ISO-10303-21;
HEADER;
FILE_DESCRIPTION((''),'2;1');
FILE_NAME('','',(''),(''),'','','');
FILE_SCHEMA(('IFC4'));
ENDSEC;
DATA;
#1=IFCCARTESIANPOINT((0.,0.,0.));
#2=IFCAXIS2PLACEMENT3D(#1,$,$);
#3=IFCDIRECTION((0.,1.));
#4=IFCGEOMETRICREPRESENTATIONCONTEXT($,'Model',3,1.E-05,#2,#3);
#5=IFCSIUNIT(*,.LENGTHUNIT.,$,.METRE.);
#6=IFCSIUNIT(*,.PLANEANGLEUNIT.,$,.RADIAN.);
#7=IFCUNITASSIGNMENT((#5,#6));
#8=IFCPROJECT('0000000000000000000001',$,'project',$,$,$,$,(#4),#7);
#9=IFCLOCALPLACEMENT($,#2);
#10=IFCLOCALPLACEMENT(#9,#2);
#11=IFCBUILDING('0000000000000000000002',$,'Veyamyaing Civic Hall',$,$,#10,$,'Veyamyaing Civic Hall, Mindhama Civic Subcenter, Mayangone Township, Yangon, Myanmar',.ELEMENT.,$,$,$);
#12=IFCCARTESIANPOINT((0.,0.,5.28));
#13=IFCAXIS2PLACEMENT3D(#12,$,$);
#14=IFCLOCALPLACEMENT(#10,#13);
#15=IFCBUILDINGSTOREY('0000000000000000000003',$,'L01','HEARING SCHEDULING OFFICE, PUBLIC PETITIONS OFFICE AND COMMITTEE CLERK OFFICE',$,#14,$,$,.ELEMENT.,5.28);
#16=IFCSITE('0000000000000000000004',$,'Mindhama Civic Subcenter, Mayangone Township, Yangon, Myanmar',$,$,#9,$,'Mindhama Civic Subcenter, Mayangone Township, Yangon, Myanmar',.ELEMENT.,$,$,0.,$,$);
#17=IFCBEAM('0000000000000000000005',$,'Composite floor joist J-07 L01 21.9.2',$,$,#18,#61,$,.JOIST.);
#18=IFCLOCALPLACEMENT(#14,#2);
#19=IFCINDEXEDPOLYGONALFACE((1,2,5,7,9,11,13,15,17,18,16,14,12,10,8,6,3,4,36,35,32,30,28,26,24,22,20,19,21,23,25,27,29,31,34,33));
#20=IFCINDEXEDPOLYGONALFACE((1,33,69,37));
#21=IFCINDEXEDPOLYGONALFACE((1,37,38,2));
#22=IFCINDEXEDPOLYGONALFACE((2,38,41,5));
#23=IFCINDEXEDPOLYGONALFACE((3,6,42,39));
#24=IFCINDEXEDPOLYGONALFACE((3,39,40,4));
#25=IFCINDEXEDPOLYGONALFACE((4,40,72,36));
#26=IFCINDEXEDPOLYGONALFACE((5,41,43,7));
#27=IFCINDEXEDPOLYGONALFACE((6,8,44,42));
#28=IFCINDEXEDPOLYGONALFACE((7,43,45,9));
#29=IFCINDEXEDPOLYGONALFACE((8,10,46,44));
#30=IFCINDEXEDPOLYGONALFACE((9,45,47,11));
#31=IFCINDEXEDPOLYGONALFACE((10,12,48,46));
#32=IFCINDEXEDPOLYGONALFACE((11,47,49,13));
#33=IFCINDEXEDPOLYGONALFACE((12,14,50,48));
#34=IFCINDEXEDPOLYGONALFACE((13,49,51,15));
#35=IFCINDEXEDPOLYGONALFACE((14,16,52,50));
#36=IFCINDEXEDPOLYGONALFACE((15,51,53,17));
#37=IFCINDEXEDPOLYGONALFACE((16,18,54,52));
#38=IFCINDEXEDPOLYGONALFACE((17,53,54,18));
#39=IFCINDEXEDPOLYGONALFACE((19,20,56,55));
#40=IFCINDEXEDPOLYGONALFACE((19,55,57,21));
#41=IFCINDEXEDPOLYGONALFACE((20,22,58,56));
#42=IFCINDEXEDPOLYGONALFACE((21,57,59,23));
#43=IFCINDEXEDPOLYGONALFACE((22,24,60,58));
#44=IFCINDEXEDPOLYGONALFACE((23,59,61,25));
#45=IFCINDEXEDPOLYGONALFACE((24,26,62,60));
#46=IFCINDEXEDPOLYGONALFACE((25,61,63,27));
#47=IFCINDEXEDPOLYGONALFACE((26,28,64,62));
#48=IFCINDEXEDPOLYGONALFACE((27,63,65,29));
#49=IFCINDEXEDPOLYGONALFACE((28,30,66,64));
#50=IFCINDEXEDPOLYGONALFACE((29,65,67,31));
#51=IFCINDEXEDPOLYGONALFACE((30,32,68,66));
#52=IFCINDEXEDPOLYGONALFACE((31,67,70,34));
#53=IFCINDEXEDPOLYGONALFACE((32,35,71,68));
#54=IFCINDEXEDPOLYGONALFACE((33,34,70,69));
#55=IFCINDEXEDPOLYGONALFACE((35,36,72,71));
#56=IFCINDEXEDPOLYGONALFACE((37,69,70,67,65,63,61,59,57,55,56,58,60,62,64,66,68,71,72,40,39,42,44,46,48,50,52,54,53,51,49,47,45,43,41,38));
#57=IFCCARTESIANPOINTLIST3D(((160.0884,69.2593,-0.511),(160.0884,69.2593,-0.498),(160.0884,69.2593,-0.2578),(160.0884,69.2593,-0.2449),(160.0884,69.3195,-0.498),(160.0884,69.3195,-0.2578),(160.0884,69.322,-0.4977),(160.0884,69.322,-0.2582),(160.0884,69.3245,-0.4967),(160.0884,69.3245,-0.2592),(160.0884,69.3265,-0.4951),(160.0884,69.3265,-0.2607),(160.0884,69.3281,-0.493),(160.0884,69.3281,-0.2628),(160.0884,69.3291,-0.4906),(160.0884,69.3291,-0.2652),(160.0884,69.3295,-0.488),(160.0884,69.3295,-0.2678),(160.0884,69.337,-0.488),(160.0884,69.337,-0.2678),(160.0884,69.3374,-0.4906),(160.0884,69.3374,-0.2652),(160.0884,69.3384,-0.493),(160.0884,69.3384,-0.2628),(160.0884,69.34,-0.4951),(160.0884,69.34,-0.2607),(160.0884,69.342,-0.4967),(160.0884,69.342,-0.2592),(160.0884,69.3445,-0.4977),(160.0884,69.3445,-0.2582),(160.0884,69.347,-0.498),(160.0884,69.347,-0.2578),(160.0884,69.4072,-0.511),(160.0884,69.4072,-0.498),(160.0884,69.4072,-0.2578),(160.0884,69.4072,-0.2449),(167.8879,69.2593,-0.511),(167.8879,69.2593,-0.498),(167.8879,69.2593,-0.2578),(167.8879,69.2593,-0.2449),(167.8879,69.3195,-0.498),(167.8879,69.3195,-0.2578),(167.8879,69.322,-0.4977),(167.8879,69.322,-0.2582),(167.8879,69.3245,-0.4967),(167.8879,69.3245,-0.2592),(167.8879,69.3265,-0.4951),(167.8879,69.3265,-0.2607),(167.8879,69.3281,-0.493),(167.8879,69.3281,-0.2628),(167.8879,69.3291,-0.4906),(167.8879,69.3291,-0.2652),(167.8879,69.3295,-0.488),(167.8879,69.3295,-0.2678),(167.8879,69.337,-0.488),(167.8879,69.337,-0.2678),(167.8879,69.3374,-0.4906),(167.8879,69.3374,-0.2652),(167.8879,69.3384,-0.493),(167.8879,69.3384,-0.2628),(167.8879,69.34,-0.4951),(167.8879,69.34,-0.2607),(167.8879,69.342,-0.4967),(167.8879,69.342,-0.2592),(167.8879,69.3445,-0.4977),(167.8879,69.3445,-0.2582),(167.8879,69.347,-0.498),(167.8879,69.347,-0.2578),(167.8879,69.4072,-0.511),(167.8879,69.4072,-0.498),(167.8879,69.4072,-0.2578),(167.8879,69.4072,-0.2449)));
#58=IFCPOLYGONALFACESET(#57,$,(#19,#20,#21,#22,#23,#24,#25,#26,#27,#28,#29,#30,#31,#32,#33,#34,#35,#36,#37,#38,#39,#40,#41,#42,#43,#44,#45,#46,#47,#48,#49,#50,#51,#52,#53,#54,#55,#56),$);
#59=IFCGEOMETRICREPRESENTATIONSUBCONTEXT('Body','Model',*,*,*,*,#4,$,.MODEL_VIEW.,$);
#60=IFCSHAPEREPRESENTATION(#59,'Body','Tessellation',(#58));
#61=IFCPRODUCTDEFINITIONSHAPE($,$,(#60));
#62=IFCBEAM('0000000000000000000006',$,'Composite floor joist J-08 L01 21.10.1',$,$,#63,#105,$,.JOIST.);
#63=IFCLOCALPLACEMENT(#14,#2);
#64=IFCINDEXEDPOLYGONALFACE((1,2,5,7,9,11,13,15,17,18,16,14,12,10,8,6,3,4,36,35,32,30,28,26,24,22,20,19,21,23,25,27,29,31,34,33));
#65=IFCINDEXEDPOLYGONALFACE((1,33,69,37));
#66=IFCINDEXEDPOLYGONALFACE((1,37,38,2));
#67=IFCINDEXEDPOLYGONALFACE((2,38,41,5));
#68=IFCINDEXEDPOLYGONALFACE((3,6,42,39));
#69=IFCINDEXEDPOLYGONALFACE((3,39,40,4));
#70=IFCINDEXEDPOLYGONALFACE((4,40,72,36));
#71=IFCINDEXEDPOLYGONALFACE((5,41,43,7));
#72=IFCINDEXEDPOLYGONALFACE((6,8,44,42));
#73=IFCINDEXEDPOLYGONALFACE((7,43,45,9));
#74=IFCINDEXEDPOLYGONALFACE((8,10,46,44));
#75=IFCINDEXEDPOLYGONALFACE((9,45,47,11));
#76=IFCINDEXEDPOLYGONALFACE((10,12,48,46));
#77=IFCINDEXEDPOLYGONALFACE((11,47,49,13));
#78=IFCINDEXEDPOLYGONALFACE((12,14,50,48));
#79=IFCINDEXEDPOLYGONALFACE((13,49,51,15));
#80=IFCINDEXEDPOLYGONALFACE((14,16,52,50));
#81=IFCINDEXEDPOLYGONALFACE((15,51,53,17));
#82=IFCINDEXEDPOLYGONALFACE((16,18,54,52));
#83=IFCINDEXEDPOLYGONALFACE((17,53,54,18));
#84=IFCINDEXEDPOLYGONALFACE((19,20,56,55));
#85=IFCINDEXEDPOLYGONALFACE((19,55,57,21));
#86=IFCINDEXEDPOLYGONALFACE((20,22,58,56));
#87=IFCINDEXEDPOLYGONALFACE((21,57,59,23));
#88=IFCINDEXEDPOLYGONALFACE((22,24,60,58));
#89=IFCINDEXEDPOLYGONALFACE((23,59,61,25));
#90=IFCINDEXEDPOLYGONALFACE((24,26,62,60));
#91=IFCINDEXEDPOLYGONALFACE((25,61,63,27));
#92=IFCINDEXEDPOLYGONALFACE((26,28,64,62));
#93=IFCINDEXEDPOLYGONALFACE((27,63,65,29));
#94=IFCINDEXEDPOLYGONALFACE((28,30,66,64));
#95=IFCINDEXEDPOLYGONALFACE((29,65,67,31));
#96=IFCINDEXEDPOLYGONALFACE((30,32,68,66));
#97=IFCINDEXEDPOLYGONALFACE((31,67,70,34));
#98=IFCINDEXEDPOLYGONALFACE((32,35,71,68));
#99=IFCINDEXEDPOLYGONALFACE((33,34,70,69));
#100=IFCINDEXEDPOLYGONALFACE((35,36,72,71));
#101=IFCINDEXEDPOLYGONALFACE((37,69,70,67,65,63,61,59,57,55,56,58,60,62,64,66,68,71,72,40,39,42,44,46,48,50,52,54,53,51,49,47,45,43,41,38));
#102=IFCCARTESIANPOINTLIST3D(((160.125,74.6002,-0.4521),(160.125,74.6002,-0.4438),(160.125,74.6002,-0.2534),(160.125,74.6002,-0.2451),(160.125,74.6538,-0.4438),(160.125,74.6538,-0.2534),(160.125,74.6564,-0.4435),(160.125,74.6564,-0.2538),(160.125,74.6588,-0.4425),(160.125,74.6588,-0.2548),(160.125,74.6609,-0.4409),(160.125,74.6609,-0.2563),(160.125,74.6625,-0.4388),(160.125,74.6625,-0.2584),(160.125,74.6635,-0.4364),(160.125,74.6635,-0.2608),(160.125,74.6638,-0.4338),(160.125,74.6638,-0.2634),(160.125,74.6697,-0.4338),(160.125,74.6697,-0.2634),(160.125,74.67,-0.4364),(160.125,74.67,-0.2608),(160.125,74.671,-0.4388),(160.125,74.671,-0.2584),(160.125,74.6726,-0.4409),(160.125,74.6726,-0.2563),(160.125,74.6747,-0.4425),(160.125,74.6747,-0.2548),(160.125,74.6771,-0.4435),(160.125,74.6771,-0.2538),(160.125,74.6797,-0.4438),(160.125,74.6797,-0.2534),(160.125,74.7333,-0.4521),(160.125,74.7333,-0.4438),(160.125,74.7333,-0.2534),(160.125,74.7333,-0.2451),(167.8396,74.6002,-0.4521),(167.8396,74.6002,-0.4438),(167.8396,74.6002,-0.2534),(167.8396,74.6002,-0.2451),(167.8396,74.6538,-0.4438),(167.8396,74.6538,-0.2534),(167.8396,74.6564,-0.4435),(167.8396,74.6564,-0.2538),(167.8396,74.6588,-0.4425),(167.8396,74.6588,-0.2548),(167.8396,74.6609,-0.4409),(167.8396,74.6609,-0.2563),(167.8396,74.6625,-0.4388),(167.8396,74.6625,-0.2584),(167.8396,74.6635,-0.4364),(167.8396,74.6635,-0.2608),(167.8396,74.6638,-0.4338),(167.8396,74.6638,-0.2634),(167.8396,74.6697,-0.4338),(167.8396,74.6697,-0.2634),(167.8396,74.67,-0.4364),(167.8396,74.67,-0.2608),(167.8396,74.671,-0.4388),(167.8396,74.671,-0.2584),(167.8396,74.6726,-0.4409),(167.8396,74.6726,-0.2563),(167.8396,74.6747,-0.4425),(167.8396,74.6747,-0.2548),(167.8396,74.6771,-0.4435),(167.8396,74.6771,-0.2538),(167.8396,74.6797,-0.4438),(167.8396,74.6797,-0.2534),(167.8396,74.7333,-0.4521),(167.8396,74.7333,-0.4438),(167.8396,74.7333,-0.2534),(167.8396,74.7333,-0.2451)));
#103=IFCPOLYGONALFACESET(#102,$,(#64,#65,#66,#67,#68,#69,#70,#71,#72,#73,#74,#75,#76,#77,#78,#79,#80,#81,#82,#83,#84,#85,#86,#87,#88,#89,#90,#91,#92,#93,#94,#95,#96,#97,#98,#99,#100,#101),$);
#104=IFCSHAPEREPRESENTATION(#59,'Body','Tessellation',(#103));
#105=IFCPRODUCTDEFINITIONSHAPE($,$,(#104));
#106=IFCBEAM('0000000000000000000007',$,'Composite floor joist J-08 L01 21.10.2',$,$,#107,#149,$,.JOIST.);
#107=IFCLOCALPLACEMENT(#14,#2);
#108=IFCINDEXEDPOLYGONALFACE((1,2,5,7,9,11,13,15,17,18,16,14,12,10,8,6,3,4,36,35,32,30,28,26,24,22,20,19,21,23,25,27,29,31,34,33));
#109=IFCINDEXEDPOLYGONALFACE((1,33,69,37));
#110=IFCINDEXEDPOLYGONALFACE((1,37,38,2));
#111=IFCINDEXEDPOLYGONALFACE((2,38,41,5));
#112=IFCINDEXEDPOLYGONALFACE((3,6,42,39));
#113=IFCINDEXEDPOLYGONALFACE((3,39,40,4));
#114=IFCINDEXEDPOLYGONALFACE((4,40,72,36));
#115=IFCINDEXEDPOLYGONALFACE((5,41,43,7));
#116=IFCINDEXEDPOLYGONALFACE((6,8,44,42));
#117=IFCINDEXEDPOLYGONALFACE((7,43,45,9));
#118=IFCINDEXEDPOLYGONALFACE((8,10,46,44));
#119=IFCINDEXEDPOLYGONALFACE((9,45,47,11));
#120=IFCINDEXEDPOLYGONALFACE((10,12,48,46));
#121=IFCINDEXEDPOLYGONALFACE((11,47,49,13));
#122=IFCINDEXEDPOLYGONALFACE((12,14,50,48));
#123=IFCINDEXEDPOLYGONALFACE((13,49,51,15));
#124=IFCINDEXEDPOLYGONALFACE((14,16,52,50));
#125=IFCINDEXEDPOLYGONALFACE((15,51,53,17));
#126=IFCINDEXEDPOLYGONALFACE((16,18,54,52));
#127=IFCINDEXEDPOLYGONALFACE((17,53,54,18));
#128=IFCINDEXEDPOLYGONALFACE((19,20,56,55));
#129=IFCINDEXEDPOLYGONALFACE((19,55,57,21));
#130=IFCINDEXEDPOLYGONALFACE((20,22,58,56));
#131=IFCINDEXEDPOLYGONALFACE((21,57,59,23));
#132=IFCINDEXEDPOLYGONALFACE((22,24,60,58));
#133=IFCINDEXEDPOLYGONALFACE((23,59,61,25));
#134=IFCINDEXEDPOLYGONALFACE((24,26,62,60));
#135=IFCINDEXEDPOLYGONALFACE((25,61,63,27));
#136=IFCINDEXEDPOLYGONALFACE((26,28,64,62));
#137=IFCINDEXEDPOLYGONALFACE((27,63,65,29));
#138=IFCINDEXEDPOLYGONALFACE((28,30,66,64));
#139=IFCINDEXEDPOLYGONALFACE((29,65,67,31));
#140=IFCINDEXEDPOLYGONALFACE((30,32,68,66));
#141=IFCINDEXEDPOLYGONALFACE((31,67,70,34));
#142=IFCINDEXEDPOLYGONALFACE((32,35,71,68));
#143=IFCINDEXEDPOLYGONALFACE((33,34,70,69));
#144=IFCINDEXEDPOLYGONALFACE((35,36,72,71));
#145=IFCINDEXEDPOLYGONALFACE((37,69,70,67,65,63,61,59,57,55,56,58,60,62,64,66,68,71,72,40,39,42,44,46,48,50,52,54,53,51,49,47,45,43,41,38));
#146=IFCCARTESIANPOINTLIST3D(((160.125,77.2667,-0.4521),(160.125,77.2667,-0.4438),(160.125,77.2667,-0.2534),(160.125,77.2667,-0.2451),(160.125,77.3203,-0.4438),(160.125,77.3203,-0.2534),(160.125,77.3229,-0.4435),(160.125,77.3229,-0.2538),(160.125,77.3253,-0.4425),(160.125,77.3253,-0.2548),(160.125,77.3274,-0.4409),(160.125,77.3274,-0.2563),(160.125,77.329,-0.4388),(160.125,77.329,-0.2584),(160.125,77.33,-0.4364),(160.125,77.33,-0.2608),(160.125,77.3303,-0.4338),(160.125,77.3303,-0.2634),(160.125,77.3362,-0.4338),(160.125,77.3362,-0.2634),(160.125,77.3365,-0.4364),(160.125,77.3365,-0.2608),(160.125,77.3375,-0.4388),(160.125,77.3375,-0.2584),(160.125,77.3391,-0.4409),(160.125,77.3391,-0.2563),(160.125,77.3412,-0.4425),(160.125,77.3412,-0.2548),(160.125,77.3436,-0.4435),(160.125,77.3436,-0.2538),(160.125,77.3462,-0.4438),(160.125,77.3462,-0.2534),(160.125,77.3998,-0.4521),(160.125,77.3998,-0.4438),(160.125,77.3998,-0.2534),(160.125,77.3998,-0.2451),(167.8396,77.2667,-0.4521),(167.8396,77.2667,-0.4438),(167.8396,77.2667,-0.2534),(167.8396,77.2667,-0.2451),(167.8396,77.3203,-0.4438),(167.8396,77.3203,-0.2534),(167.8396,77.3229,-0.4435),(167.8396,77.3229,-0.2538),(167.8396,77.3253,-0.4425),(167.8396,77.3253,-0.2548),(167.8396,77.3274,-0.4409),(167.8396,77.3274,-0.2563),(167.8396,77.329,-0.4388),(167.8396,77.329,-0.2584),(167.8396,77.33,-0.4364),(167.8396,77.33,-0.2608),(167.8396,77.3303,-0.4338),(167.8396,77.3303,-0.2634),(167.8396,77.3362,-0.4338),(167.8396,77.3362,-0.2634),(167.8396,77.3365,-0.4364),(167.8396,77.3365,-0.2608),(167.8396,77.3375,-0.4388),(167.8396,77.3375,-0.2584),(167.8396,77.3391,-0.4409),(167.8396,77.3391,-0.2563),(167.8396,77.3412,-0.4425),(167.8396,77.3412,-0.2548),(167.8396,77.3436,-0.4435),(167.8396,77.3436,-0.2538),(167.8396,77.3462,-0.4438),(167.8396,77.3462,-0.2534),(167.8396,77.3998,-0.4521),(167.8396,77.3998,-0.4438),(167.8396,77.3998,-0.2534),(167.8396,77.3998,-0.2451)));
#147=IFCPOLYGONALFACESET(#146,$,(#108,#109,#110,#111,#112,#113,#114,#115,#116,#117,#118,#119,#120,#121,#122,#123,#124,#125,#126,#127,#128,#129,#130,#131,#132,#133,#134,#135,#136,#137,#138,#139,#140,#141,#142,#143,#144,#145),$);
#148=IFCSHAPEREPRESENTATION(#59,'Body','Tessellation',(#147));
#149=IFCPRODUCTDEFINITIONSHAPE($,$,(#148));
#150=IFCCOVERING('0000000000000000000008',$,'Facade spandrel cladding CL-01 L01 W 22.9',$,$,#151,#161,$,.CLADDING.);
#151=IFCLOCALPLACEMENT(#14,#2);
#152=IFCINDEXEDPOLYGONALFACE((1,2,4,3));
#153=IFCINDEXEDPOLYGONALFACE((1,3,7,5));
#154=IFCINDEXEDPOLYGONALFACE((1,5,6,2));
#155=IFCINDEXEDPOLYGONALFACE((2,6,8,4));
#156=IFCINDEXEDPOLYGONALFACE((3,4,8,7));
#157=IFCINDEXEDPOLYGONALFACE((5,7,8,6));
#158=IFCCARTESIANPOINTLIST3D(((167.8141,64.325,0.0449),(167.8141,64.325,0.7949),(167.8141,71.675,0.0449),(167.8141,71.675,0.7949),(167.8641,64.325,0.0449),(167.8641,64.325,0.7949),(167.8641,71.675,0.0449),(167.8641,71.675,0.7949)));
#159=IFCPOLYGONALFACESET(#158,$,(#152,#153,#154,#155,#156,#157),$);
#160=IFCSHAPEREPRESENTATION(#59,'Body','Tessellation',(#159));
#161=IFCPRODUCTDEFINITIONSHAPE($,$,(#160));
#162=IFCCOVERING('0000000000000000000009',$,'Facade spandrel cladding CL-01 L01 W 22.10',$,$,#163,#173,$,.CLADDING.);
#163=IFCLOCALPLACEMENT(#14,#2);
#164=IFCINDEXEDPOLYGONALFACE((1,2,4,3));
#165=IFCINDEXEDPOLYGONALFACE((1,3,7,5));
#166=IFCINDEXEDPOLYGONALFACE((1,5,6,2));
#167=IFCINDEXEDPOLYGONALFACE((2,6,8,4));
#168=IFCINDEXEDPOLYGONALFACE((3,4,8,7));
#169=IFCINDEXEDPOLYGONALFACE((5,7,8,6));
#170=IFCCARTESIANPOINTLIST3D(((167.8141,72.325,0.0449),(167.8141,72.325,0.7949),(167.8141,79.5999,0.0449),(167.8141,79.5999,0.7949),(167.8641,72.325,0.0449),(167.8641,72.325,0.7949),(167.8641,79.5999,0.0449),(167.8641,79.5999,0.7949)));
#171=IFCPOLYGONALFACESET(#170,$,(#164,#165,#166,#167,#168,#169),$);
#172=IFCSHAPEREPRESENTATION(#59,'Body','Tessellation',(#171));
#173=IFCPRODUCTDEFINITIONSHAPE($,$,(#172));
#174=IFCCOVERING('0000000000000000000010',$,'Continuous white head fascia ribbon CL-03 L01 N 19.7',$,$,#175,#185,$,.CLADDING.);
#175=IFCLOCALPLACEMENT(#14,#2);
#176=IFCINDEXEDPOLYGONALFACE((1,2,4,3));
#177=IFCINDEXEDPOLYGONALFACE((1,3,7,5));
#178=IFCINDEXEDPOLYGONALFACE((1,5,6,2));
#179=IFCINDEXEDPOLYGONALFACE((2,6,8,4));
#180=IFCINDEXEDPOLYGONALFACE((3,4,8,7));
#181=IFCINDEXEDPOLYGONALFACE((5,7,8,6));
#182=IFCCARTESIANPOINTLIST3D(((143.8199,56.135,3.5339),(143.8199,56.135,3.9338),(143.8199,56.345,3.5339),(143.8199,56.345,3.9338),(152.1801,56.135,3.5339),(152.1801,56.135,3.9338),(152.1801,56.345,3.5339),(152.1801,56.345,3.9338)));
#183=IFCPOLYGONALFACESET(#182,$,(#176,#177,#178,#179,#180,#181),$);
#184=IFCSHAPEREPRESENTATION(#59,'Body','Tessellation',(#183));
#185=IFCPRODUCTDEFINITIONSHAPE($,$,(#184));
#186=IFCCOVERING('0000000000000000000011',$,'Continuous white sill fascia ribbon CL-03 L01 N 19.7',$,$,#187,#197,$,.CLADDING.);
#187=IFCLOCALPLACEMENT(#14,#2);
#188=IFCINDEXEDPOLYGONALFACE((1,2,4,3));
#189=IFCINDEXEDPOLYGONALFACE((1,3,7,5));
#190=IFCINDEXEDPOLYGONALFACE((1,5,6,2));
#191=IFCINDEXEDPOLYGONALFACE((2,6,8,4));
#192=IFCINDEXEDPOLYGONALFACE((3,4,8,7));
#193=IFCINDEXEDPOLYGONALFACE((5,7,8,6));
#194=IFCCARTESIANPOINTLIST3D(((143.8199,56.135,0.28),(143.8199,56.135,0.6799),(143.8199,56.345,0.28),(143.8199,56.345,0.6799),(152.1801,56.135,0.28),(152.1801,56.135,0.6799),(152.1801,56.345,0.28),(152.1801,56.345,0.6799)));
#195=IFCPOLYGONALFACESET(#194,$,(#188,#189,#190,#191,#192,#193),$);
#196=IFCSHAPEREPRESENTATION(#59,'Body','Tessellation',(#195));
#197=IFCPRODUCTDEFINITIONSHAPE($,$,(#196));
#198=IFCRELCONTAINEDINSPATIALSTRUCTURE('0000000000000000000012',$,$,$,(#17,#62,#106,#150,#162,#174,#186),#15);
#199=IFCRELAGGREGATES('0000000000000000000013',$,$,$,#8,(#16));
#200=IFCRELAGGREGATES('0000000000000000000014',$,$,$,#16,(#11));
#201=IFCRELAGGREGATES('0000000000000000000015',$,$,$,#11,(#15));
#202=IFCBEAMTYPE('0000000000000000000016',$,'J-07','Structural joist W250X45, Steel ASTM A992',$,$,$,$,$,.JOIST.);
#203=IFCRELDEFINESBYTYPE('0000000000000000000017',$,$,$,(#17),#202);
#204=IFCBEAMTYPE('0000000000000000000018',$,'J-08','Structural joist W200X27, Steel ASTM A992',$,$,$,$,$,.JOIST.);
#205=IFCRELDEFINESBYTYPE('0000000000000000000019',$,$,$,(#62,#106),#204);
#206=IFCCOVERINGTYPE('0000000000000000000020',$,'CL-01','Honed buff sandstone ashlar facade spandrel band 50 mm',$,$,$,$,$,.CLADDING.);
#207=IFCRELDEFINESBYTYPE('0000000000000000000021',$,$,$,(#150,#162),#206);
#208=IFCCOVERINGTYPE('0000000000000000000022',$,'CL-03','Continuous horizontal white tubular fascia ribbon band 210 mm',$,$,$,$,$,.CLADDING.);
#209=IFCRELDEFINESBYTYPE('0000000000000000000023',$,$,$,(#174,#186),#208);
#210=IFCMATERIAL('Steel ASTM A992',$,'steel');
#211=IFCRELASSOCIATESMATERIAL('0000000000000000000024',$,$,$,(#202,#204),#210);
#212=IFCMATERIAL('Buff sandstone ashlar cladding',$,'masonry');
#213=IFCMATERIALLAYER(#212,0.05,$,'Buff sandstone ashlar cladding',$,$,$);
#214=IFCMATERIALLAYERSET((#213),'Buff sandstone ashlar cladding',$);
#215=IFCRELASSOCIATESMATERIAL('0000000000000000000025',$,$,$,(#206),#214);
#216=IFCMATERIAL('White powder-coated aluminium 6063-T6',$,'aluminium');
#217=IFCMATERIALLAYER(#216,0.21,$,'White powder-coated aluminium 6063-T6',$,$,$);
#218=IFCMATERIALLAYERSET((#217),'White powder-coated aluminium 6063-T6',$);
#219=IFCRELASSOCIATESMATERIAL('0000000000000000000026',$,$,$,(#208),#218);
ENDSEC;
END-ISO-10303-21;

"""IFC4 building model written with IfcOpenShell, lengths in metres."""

from ifc_helpers import new_model, si_unit, direction, frame, origin, origin_2d, place, context, subcontext, project, spatial, rectangle, i_section, extrude, material, layer, layer_set, material_profile, profile_set, type_object, element, save


model = new_model("IFC4")

# Units and contexts
model_context = context("Model", 3, precision=1e-05, world=origin(), true_north=direction((0.0, 1.0)))
body_context = subcontext(model_context, "Body", "Model", "MODEL_VIEW")
ifc_project = project(units=[si_unit("LENGTHUNIT", "METRE"), si_unit("PLANEANGLEUNIT", "RADIAN")], contexts=[model_context])

# Site, building, storey
site_placement = place(None, origin())
site = spatial("IfcSite", under=ifc_project, at=site_placement, Name="Mindhama Civic Subcenter, Mayangone Township, Yangon, Myanmar", LongName="Mindhama Civic Subcenter, Mayangone Township, Yangon, Myanmar", CompositionType="ELEMENT", RefElevation=0.0)
building_placement = place(site_placement, origin())
building = spatial("IfcBuilding", under=site, at=building_placement, Name="Veyamyaing Civic Hall", LongName="Veyamyaing Civic Hall, Mindhama Civic Subcenter, Mayangone Township, Yangon, Myanmar", CompositionType="ELEMENT")
storey_placement = place(building_placement, frame((0.0, 0.0, 5.28)))
storey = spatial("IfcBuildingStorey", under=building, at=storey_placement, Name="L01", Description="HEARING SCHEDULING OFFICE, PUBLIC PETITIONS OFFICE AND COMMITTEE CLERK OFFICE", CompositionType="ELEMENT", Elevation=5.28)

# Beams
ifc_material_1 = material(Name="Steel ASTM A992", Category="steel")
ifc_material_profile_1 = material_profile(ifc_material_1, i_section(OverallWidth=0.1479, OverallDepth=0.2661, WebThickness=0.0076, FlangeThickness=0.0129, FilletRadius=0.01, at=origin_2d()), Name="W250X45")
ifc_profile_set_1 = profile_set([ifc_material_profile_1], Name="Steel ASTM A992")
beam_type_1 = type_object("IfcBeamType", Name="J-07", Description="Structural joist W250X45, Steel ASTM A992", PredefinedType="JOIST", material=ifc_profile_set_1)
for number, where, z_axis, x_axis, name in (
    (1, (160.0884, 69.3333, -0.3779), (1.0, 0.0, 0.0), (0.0, 1.0, 0.0), "Composite floor joist J-07 L01 21.9.2"),
):
    element("IfcBeam", number, at=place(storey_placement, frame(where, z_axis=z_axis, x_axis=x_axis)), inside=storey, type_object=beam_type_1, Name=name, PredefinedType="JOIST", context=body_context, shape_type="SweptSolid", body=[
        extrude(i_section(OverallWidth=0.1479, OverallDepth=0.2661, WebThickness=0.0076, FlangeThickness=0.0129, FilletRadius=0.01, at=origin_2d()), origin(), (0.0, 0.0, 1.0), 7.7996),
    ])
ifc_material_profile_2 = material_profile(ifc_material_1, i_section(OverallWidth=0.1331, OverallDepth=0.207, WebThickness=0.0059, FlangeThickness=0.0083, FilletRadius=0.01, at=origin_2d()), Name="W200X27")
ifc_profile_set_2 = profile_set([ifc_material_profile_2], Name="Steel ASTM A992")
beam_type_2 = type_object("IfcBeamType", Name="J-08", Description="Structural joist W200X27, Steel ASTM A992", PredefinedType="JOIST", material=ifc_profile_set_2)
for number, where, z_axis, x_axis, name in (
    (2, (160.125, 74.6667, -0.3486), (1.0, 0.0, 0.0), (0.0, 1.0, 0.0), "Composite floor joist J-08 L01 21.10.1"),
    (3, (160.125, 77.3333, -0.3486), (1.0, 0.0, 0.0), (0.0, 1.0, 0.0), "Composite floor joist J-08 L01 21.10.2"),
):
    element("IfcBeam", number, at=place(storey_placement, frame(where, z_axis=z_axis, x_axis=x_axis)), inside=storey, type_object=beam_type_2, Name=name, PredefinedType="JOIST", context=body_context, shape_type="SweptSolid", body=[
        extrude(i_section(OverallWidth=0.1331, OverallDepth=0.207, WebThickness=0.0059, FlangeThickness=0.0083, FilletRadius=0.01, at=origin_2d()), origin(), (0.0, 0.0, 1.0), 7.7146),
    ])

# Coverings
ifc_material_2 = material(Name="Buff sandstone ashlar cladding", Category="masonry")
ifc_layer_1 = layer(ifc_material_2, 0.05, Name="Buff sandstone ashlar cladding")
ifc_layer_set_1 = layer_set([ifc_layer_1], Name="Buff sandstone ashlar cladding")
covering_type_1 = type_object("IfcCoveringType", Name="CL-01", Description="Honed buff sandstone ashlar facade spandrel band 50 mm", PredefinedType="CLADDING", material=ifc_layer_set_1)
covering_1_placement = place(storey_placement, frame((167.8391, 68.0, 0.0449), z_axis=(0.0, 0.0, 1.0), x_axis=(0.0, 1.0, 0.0)))
element("IfcCovering", 4, at=covering_1_placement, inside=storey, type_object=covering_type_1, Name="Facade spandrel cladding CL-01 L01 W 22.9", PredefinedType="CLADDING", context=body_context, shape_type="SweptSolid", body=[
    extrude(rectangle(XDim=7.3501, YDim=0.05, at=origin_2d()), origin(), (0.0, 0.0, 1.0), 0.75),
])
covering_2_placement = place(storey_placement, frame((167.8391, 75.9624, 0.0449), z_axis=(0.0, 0.0, 1.0), x_axis=(0.0, 1.0, 0.0)))
element("IfcCovering", 5, at=covering_2_placement, inside=storey, type_object=covering_type_1, Name="Facade spandrel cladding CL-01 L01 W 22.10", PredefinedType="CLADDING", context=body_context, shape_type="SweptSolid", body=[
    extrude(rectangle(XDim=7.2749, YDim=0.05, at=origin_2d()), origin(), (0.0, 0.0, 1.0), 0.75),
])
ifc_material_3 = material(Name="White powder-coated aluminium 6063-T6", Category="aluminium")
ifc_layer_2 = layer(ifc_material_3, 0.21, Name="White powder-coated aluminium 6063-T6")
ifc_layer_set_2 = layer_set([ifc_layer_2], Name="White powder-coated aluminium 6063-T6")
covering_type_2 = type_object("IfcCoveringType", Name="CL-03", Description="Continuous horizontal white tubular fascia ribbon band 210 mm", PredefinedType="CLADDING", material=ifc_layer_set_2)
for number, where, z_axis, x_axis, name in (
    (6, (148.0, 56.24, 3.5339), (0.0, 0.0, 1.0), (1.0, 0.0, 0.0), "Continuous white head fascia ribbon CL-03 L01 N 19.7"),
    (7, (148.0, 56.24, 0.28), (0.0, 0.0, 1.0), (1.0, 0.0, 0.0), "Continuous white sill fascia ribbon CL-03 L01 N 19.7"),
):
    element("IfcCovering", number, at=place(storey_placement, frame(where, z_axis=z_axis, x_axis=x_axis)), inside=storey, type_object=covering_type_2, Name=name, PredefinedType="CLADDING", context=body_context, shape_type="SweptSolid", body=[
        extrude(rectangle(XDim=8.3601, YDim=0.21, at=origin_2d()), origin(), (0.0, 0.0, 1.0), 0.3999),
    ])

save(model, "model.ifc")
